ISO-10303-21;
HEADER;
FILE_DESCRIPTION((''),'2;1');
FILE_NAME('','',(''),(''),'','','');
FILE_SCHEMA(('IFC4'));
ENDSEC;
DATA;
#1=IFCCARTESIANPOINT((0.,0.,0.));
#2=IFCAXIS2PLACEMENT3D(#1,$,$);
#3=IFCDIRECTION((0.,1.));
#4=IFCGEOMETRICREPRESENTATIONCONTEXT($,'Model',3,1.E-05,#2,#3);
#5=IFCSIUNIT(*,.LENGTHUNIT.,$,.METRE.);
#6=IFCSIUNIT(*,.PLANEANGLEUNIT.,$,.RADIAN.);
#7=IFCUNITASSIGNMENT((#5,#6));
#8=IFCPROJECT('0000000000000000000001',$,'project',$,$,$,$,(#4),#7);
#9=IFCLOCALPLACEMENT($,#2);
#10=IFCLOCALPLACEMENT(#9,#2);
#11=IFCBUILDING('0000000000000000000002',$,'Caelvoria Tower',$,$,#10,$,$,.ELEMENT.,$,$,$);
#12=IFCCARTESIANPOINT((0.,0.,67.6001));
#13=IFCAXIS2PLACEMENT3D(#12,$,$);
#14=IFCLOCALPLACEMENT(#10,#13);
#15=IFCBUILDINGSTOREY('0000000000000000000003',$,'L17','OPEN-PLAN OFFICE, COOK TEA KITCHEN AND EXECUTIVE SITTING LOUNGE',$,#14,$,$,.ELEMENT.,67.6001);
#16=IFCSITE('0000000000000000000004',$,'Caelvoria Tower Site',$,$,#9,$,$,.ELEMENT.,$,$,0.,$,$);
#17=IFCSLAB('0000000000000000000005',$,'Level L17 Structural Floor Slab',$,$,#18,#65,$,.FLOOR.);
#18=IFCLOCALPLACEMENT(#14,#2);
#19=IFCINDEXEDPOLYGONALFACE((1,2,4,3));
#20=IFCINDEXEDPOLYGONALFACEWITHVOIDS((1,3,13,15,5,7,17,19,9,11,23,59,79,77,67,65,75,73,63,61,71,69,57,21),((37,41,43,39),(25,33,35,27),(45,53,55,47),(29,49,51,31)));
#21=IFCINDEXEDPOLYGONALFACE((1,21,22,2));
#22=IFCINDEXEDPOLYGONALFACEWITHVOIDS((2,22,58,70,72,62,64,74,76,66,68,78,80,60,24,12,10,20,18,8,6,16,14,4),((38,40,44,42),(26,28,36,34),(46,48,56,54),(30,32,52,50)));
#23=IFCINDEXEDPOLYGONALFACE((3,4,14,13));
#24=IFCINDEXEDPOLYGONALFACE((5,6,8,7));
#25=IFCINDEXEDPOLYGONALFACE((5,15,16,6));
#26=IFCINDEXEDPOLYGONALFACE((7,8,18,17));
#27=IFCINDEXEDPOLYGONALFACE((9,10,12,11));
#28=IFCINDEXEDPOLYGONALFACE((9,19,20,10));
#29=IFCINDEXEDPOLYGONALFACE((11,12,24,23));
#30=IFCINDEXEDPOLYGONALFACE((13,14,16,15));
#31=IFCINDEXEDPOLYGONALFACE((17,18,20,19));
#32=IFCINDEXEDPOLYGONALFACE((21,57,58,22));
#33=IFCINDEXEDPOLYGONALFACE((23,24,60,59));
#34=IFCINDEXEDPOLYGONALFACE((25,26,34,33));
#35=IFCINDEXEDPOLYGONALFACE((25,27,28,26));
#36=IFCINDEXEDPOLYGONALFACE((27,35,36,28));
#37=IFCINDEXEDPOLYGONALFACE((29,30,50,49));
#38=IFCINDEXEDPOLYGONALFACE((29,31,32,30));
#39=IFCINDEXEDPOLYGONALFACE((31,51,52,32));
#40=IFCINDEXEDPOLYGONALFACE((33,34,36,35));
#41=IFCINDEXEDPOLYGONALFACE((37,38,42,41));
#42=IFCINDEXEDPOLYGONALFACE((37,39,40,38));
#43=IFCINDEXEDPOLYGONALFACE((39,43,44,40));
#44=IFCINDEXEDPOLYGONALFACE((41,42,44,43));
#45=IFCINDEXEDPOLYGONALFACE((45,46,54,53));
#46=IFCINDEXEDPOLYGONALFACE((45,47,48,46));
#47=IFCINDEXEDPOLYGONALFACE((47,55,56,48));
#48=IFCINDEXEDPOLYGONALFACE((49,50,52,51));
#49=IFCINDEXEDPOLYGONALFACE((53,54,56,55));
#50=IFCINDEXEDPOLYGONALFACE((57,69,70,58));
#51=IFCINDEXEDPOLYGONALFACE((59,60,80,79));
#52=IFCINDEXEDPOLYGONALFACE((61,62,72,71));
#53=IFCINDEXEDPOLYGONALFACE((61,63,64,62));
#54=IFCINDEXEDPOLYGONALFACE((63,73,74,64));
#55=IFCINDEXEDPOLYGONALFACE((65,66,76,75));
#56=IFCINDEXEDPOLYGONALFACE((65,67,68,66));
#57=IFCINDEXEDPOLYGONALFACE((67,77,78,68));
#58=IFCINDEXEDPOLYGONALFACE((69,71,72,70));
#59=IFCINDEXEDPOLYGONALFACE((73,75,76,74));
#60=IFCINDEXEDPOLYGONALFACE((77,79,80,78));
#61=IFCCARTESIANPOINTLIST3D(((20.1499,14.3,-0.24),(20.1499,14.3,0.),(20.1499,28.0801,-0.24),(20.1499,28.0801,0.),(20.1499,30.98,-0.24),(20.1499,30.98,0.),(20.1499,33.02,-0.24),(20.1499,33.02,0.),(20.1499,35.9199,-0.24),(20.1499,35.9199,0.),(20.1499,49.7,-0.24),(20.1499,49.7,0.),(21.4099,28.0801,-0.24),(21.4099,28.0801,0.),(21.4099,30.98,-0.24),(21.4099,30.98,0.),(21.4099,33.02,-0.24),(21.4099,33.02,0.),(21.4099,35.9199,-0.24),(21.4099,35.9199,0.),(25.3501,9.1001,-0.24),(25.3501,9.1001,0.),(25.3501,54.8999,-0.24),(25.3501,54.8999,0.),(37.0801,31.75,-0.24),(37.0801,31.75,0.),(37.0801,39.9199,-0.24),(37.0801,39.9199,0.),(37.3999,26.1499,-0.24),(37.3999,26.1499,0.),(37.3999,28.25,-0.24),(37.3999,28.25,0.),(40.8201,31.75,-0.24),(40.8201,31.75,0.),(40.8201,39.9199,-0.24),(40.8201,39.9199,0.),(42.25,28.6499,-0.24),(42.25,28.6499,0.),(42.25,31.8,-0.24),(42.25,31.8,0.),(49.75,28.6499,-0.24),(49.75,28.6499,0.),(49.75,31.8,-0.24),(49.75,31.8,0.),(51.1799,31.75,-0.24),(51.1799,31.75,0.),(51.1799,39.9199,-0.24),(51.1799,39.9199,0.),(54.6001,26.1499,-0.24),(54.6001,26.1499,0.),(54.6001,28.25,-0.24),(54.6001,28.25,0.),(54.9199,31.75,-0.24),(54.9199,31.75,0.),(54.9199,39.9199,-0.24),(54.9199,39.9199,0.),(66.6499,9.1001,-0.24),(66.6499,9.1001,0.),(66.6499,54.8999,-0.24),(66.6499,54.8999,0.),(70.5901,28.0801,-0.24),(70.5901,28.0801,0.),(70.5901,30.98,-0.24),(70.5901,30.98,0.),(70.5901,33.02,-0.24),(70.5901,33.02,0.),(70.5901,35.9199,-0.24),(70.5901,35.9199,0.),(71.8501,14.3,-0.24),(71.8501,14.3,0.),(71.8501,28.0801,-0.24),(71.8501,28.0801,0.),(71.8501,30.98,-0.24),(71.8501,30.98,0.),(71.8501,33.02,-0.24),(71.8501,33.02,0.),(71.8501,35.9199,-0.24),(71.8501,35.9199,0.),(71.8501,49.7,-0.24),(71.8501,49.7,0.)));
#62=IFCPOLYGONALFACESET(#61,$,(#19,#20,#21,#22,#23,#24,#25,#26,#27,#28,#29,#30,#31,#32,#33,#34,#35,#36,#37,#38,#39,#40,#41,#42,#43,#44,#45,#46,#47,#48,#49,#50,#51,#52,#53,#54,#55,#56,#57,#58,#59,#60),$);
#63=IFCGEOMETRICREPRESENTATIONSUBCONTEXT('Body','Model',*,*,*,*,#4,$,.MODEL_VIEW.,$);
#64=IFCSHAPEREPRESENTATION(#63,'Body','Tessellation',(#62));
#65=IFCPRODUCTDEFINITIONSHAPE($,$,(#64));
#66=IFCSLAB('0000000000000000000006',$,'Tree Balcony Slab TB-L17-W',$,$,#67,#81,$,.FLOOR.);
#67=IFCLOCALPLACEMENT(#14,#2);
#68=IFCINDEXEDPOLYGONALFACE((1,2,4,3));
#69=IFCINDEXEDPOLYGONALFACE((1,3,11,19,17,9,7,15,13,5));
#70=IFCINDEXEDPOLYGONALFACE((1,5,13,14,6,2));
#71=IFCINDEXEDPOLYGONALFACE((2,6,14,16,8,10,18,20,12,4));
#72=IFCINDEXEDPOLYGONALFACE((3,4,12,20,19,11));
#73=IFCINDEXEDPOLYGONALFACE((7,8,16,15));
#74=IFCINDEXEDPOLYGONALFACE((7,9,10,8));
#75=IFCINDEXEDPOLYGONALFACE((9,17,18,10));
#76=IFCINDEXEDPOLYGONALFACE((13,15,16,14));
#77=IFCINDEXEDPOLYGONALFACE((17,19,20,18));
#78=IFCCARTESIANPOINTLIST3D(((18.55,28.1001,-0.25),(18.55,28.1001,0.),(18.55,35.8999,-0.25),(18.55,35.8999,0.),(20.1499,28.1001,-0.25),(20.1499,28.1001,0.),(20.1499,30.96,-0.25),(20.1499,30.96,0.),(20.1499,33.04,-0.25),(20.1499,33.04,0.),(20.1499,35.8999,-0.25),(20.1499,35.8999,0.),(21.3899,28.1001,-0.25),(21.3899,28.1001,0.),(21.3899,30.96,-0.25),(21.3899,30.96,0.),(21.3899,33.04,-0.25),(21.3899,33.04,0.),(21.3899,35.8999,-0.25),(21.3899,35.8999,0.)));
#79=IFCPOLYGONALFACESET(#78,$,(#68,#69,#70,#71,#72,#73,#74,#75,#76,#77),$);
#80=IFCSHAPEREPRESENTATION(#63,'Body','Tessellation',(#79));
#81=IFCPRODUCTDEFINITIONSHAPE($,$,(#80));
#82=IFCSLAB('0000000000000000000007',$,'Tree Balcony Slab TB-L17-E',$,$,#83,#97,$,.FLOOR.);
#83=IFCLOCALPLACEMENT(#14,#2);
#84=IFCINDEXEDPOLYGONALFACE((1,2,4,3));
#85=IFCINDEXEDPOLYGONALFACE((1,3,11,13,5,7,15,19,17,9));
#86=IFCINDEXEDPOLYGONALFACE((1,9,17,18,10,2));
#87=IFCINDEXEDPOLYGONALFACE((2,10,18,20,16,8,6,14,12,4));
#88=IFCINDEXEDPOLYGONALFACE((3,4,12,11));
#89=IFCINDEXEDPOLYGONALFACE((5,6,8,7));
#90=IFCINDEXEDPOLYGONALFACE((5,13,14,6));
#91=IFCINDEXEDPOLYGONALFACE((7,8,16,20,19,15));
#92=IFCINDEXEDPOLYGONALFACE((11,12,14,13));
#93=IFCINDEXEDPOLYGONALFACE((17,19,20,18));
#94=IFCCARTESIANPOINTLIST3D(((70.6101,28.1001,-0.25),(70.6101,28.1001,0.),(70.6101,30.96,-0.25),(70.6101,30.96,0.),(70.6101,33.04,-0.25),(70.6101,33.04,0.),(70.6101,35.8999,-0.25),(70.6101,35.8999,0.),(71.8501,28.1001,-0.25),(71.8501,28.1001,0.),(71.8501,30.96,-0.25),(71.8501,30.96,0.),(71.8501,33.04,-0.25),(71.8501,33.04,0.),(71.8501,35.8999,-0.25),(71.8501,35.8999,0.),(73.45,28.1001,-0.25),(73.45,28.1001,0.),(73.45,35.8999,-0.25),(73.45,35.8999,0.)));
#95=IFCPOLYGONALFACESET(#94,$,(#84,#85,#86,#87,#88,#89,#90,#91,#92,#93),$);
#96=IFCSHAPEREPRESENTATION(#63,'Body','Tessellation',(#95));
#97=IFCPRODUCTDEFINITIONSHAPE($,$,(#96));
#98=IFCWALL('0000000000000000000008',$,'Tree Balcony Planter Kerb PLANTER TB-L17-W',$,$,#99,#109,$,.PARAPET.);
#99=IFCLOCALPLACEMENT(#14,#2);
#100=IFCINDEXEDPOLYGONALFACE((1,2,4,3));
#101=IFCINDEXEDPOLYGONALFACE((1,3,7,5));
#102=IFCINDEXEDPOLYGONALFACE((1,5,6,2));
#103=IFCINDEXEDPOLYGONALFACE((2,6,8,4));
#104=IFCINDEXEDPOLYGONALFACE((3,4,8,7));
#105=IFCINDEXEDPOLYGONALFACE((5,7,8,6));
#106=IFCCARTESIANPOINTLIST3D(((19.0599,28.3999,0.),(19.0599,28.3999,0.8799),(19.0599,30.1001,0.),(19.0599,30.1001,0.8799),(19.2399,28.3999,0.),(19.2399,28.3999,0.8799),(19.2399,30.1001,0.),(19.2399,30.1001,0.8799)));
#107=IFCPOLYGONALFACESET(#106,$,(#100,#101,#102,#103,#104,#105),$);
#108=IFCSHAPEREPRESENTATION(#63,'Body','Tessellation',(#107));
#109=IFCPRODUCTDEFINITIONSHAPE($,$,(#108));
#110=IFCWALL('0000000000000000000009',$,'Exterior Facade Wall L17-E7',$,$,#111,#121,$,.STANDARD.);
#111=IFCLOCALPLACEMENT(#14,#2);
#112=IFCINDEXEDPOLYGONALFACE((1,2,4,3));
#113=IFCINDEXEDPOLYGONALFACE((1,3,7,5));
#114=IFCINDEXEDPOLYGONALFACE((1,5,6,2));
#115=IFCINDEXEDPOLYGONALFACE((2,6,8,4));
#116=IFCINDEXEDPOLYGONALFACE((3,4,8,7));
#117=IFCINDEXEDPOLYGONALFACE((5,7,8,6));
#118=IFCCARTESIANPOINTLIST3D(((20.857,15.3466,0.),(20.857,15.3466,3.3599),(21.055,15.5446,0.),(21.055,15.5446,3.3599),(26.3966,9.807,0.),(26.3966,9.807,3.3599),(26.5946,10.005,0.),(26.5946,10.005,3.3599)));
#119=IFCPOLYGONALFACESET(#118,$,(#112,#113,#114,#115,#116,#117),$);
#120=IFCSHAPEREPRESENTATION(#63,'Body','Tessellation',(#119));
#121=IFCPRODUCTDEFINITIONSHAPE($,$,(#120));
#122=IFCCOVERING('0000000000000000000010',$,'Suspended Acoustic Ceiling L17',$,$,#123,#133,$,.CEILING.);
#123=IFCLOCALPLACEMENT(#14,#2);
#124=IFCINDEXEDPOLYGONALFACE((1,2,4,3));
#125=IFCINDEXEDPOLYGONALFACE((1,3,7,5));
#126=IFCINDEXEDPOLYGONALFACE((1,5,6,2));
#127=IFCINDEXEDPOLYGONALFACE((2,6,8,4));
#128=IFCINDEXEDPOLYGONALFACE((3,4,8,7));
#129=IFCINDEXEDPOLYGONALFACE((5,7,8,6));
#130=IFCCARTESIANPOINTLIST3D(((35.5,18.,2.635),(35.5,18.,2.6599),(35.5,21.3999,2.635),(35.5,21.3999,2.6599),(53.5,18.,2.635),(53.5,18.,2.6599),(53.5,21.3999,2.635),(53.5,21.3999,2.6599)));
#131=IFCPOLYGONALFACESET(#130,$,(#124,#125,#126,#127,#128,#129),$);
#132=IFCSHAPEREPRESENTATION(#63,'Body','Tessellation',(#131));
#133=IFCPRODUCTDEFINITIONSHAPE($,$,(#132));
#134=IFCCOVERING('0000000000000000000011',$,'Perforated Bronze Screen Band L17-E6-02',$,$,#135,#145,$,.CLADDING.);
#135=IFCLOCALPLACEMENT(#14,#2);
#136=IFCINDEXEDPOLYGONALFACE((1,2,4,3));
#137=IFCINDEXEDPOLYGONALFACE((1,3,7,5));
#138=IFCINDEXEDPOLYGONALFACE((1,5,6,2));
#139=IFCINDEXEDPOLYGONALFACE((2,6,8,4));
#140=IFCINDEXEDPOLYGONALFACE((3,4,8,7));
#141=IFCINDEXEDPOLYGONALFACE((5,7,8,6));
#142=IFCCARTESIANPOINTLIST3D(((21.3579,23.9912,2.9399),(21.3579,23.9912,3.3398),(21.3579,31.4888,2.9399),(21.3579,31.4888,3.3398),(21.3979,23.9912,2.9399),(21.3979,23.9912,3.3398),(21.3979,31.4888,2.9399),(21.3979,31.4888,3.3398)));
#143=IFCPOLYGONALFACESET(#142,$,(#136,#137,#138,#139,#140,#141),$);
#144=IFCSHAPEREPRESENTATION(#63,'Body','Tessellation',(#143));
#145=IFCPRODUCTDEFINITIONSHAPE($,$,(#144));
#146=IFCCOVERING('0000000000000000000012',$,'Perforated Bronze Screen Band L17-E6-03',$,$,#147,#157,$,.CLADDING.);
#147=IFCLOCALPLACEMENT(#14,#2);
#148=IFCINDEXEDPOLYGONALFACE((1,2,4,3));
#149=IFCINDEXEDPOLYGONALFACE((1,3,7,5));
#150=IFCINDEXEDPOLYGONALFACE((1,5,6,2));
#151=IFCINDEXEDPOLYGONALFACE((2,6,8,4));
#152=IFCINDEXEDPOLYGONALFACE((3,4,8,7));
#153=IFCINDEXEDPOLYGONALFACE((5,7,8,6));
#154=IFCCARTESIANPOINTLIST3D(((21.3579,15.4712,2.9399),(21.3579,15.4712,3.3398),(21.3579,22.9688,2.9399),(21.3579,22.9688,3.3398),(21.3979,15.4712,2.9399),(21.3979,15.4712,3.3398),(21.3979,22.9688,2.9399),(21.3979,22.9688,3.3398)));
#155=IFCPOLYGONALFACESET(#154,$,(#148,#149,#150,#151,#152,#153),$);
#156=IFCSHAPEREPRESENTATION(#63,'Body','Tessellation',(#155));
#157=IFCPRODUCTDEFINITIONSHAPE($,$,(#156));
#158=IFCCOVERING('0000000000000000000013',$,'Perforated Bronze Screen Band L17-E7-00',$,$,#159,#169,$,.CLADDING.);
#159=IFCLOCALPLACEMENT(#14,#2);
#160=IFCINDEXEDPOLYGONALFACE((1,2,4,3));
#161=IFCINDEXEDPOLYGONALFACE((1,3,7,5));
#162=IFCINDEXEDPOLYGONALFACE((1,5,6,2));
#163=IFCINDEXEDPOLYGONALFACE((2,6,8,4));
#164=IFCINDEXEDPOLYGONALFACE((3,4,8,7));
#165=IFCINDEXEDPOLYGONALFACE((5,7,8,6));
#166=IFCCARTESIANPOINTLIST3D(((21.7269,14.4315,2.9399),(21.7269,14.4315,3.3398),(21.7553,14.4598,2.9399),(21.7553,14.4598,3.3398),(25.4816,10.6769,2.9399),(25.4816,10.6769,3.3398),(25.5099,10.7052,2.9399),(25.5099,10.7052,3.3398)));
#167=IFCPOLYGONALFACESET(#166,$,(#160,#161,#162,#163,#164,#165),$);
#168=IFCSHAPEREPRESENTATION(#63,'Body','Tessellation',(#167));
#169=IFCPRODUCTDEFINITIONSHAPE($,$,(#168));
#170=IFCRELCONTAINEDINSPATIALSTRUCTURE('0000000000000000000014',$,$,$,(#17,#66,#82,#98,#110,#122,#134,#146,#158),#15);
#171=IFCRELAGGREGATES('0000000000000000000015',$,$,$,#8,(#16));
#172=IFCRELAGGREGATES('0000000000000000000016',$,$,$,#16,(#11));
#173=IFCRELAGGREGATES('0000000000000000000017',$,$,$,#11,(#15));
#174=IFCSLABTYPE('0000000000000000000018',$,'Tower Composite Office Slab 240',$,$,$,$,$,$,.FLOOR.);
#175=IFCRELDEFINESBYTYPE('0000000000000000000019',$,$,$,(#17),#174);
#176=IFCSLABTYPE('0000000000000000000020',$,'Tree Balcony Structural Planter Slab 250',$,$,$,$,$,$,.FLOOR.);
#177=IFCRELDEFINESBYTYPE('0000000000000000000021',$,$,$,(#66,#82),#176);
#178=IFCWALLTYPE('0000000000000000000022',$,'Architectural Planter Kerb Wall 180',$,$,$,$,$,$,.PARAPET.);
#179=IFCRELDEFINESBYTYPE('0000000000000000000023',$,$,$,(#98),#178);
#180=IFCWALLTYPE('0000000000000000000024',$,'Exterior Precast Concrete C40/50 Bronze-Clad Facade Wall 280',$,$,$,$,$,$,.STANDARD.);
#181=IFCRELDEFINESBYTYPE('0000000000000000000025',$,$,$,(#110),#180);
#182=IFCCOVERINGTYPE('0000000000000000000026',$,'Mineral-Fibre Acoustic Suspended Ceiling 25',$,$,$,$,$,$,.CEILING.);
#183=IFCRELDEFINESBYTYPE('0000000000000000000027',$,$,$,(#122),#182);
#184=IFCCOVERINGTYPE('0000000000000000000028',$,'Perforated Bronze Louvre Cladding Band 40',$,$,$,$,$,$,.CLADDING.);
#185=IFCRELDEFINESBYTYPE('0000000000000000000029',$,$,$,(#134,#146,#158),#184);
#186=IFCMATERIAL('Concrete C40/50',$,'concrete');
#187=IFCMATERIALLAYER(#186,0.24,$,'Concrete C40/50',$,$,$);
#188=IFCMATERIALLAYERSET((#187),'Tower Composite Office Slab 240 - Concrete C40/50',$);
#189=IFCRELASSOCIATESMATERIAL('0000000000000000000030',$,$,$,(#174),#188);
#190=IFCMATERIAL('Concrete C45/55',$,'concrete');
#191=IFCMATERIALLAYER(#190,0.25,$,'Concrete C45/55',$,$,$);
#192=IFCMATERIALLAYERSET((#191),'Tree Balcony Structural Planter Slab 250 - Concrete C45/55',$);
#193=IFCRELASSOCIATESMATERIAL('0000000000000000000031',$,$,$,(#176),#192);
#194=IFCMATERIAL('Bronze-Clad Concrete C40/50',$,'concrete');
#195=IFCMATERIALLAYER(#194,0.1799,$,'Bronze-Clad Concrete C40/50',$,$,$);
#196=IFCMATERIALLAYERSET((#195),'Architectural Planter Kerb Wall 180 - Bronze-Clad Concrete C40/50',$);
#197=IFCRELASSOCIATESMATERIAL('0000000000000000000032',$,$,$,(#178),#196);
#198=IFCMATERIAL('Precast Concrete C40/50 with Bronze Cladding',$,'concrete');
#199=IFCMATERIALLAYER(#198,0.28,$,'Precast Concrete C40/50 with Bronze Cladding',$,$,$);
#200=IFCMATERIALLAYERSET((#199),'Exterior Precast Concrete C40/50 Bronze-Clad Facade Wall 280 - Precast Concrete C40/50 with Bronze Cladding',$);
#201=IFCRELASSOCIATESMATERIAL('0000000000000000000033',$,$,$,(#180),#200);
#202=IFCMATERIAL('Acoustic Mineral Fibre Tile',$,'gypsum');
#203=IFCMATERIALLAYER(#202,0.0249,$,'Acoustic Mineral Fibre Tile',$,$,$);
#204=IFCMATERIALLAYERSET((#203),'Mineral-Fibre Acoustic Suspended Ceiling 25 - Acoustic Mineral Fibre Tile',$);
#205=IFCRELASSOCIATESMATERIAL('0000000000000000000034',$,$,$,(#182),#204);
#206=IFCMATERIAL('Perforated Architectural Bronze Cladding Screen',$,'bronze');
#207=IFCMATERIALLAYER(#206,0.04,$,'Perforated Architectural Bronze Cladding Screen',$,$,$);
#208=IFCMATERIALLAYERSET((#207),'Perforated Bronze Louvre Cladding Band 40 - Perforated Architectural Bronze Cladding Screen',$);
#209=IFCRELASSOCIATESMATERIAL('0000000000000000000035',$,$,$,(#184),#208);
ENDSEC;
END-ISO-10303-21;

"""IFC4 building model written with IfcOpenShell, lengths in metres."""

from ifc_helpers import new_model, si_unit, direction, frame, frame_2d, origin, origin_2d, place, context, subcontext, project, spatial, polyline, rectangle, outline, extrude, material, layer, layer_set, type_object, element, save


model = new_model("IFC4")

# Units and contexts
model_context = context("Model", 3, precision=1e-05, world=origin(), true_north=direction((0.0, 1.0)))
body_context = subcontext(model_context, "Body", "Model", "MODEL_VIEW")
ifc_project = project(units=[si_unit("LENGTHUNIT", "METRE"), si_unit("PLANEANGLEUNIT", "RADIAN")], contexts=[model_context])

# Site, building, storey
site_placement = place(None, origin())
site = spatial("IfcSite", under=ifc_project, at=site_placement, Name="Caelvoria Tower Site", CompositionType="ELEMENT", RefElevation=0.0)
building_placement = place(site_placement, origin())
building = spatial("IfcBuilding", under=site, at=building_placement, Name="Caelvoria Tower", CompositionType="ELEMENT")
storey_placement = place(building_placement, frame((0.0, 0.0, 67.6001)))
storey = spatial("IfcBuildingStorey", under=building, at=storey_placement, Name="L17", Description="OPEN-PLAN OFFICE, COOK TEA KITCHEN AND EXECUTIVE SITTING LOUNGE", CompositionType="ELEMENT", Elevation=67.6001)

# Shared definitions
ifc_material_1 = material(Name="Concrete C40/50", Category="concrete")

# Slabs
ifc_layer_1 = layer(ifc_material_1, 0.24, Name="Concrete C40/50")
ifc_layer_set_1 = layer_set([ifc_layer_1], Name="Tower Composite Office Slab 240 - Concrete C40/50")
slab_type_1 = type_object("IfcSlabType", Name="Tower Composite Office Slab 240", PredefinedType="FLOOR", material=ifc_layer_set_1)
slab_1_placement = place(storey_placement, frame((0.0, 0.0, -0.24)))
element("IfcSlab", 1, at=slab_1_placement, inside=storey, type_object=slab_type_1, Name="Level L17 Structural Floor Slab", PredefinedType="FLOOR", context=body_context, shape_type="SweptSolid", body=[
    extrude(outline(polyline([(66.6499, 54.8999), (25.3501, 54.8999), (20.1499, 49.7), (20.1499, 35.9199), (21.4099, 35.9199), (21.4099, 33.02), (20.1499, 33.02), (20.1499, 30.98), (21.4099, 30.98), (21.4099, 28.0801), (20.1499, 28.0801), (20.1499, 14.3), (25.3501, 9.1001), (66.6499, 9.1001), (71.8501, 14.3), (71.8501, 28.0801), (70.5901, 28.0801), (70.5901, 30.98), (71.8501, 30.98), (71.8501, 33.02), (70.5901, 33.02), (70.5901, 35.9199), (71.8501, 35.9199), (71.8501, 49.7), (66.6499, 54.8999)]), holes=[polyline([(37.0801, 31.75), (40.8201, 31.75), (40.8201, 39.9199), (37.0801, 39.9199), (37.0801, 31.75)]), polyline([(51.1799, 31.75), (54.9199, 31.75), (54.9199, 39.9199), (51.1799, 39.9199), (51.1799, 31.75)]), polyline([(42.25, 28.6499), (49.75, 28.6499), (49.75, 31.8), (42.25, 31.8), (42.25, 28.6499)]), polyline([(37.3999, 26.1499), (54.6001, 26.1499), (54.6001, 28.25), (37.3999, 28.25), (37.3999, 26.1499)])]), origin(), (0.0, 0.0, 1.0), 0.24),
])
ifc_material_2 = material(Name="Concrete C45/55", Category="concrete")
ifc_layer_2 = layer(ifc_material_2, 0.25, Name="Concrete C45/55")
ifc_layer_set_2 = layer_set([ifc_layer_2], Name="Tree Balcony Structural Planter Slab 250 - Concrete C45/55")
slab_type_2 = type_object("IfcSlabType", Name="Tree Balcony Structural Planter Slab 250", PredefinedType="FLOOR", material=ifc_layer_set_2)
slab_2_placement = place(storey_placement, frame((0.0, 0.0, -0.25)))
element("IfcSlab", 2, at=slab_2_placement, inside=storey, type_object=slab_type_2, Name="Tree Balcony Slab TB-L17-W", PredefinedType="FLOOR", context=body_context, shape_type="SweptSolid", body=[
    extrude(outline(polyline([(18.55, 28.1001), (20.1499, 28.1001), (21.3899, 28.1001), (21.3899, 30.96), (20.1499, 30.96), (20.1499, 33.04), (21.3899, 33.04), (21.3899, 35.8999), (20.1499, 35.8999), (18.55, 35.8999), (18.55, 28.1001)])), origin(), (0.0, 0.0, 1.0), 0.25),
])
slab_3_placement = place(storey_placement, frame((0.0, 0.0, -0.25)))
element("IfcSlab", 3, at=slab_3_placement, inside=storey, type_object=slab_type_2, Name="Tree Balcony Slab TB-L17-E", PredefinedType="FLOOR", context=body_context, shape_type="SweptSolid", body=[
    extrude(outline(polyline([(71.8501, 35.8999), (70.6101, 35.8999), (70.6101, 33.04), (71.8501, 33.04), (71.8501, 30.96), (70.6101, 30.96), (70.6101, 28.1001), (71.8501, 28.1001), (73.45, 28.1001), (73.45, 35.8999), (71.8501, 35.8999)])), origin(), (0.0, 0.0, 1.0), 0.25),
])

# Walls
ifc_material_3 = material(Name="Bronze-Clad Concrete C40/50", Category="concrete")
ifc_layer_3 = layer(ifc_material_3, 0.1799, Name="Bronze-Clad Concrete C40/50")
ifc_layer_set_3 = layer_set([ifc_layer_3], Name="Architectural Planter Kerb Wall 180 - Bronze-Clad Concrete C40/50")
wall_type_1 = type_object("IfcWallType", Name="Architectural Planter Kerb Wall 180", PredefinedType="PARAPET", material=ifc_layer_set_3)
wall_1_placement = place(storey_placement, frame((19.1499, 28.3999, 0.0), z_axis=(0.0, 0.0, 1.0), x_axis=(0.0, 1.0, 0.0)))
element("IfcWall", 4, at=wall_1_placement, inside=storey, type_object=wall_type_1, Name="Tree Balcony Planter Kerb PLANTER TB-L17-W", PredefinedType="PARAPET", context=body_context, shape_type="SweptSolid", body=[
    extrude(rectangle(XDim=1.7002, YDim=0.1799, at=frame_2d((0.8501, 0.0))), origin(), (0.0, 0.0, 1.0), 0.8799),
])
ifc_material_4 = material(Name="Precast Concrete C40/50 with Bronze Cladding", Category="concrete")
ifc_layer_4 = layer(ifc_material_4, 0.28, Name="Precast Concrete C40/50 with Bronze Cladding")
ifc_layer_set_4 = layer_set([ifc_layer_4], Name="Exterior Precast Concrete C40/50 Bronze-Clad Facade Wall 280 - Precast Concrete C40/50 with Bronze Cladding")
wall_type_2 = type_object("IfcWallType", Name="Exterior Precast Concrete C40/50 Bronze-Clad Facade Wall 280", PredefinedType="STANDARD", material=ifc_layer_set_4)
wall_2_placement = place(storey_placement, frame((20.9561, 15.4456, 0.0), z_axis=(0.0, 0.0, 1.0), x_axis=(0.707107, -0.707107, 0.0)))
element("IfcWall", 5, at=wall_2_placement, inside=storey, type_object=wall_type_2, Name="Exterior Facade Wall L17-E7", PredefinedType="STANDARD", context=body_context, shape_type="SweptSolid", body=[
    extrude(rectangle(XDim=7.8342, YDim=0.28, at=frame_2d((3.917, 0.0))), origin(), (0.0, 0.0, 1.0), 3.3599),
])

# Coverings
ifc_material_5 = material(Name="Acoustic Mineral Fibre Tile", Category="gypsum")
ifc_layer_5 = layer(ifc_material_5, 0.0249, Name="Acoustic Mineral Fibre Tile")
ifc_layer_set_5 = layer_set([ifc_layer_5], Name="Mineral-Fibre Acoustic Suspended Ceiling 25 - Acoustic Mineral Fibre Tile")
covering_type_1 = type_object("IfcCoveringType", Name="Mineral-Fibre Acoustic Suspended Ceiling 25", PredefinedType="CEILING", material=ifc_layer_set_5)
covering_1_placement = place(storey_placement, frame((0.0, 0.0, 2.635)))
element("IfcCovering", 6, at=covering_1_placement, inside=storey, type_object=covering_type_1, Name="Suspended Acoustic Ceiling L17", PredefinedType="CEILING", context=body_context, shape_type="SweptSolid", body=[
    extrude(outline(polyline([(35.5, 18.0), (53.5, 18.0), (53.5, 21.3999), (35.5, 21.3999), (35.5, 18.0)])), origin(), (0.0, 0.0, 1.0), 0.0249),
])
ifc_material_6 = material(Name="Perforated Architectural Bronze Cladding Screen", Category="bronze")
ifc_layer_6 = layer(ifc_material_6, 0.04, Name="Perforated Architectural Bronze Cladding Screen")
ifc_layer_set_6 = layer_set([ifc_layer_6], Name="Perforated Bronze Louvre Cladding Band 40 - Perforated Architectural Bronze Cladding Screen")
covering_type_2 = type_object("IfcCoveringType", Name="Perforated Bronze Louvre Cladding Band 40", PredefinedType="CLADDING", material=ifc_layer_set_6)
for number, where, z_axis, x_axis, name in (
    (7, (21.3779, 27.74, 2.9399), (0.0, 0.0, 1.0), (0.0, -1.0, 0.0), "Perforated Bronze Screen Band L17-E6-02"),
    (8, (21.3779, 19.22, 2.9399), (0.0, 0.0, 1.0), (0.0, -1.0, 0.0), "Perforated Bronze Screen Band L17-E6-03"),
):
    element("IfcCovering", number, at=place(storey_placement, frame(where, z_axis=z_axis, x_axis=x_axis)), inside=storey, type_object=covering_type_2, Name=name, PredefinedType="CLADDING", context=body_context, shape_type="SweptSolid", body=[
        extrude(rectangle(XDim=7.4976, YDim=0.04, at=origin_2d()), origin(), (0.0, 0.0, 1.0), 0.3999),
    ])
covering_2_placement = place(storey_placement, frame((23.6184, 12.5684, 2.9399), z_axis=(0.0, 0.0, 1.0), x_axis=(0.707107, -0.707107, 0.0)))
element("IfcCovering", 9, at=covering_2_placement, inside=storey, type_object=covering_type_2, Name="Perforated Bronze Screen Band L17-E7-00", PredefinedType="CLADDING", context=body_context, shape_type="SweptSolid", body=[
    extrude(rectangle(XDim=5.3098, YDim=0.04, at=origin_2d()), origin(), (0.0, 0.0, 1.0), 0.3999),
])

save(model, "model.ifc")
